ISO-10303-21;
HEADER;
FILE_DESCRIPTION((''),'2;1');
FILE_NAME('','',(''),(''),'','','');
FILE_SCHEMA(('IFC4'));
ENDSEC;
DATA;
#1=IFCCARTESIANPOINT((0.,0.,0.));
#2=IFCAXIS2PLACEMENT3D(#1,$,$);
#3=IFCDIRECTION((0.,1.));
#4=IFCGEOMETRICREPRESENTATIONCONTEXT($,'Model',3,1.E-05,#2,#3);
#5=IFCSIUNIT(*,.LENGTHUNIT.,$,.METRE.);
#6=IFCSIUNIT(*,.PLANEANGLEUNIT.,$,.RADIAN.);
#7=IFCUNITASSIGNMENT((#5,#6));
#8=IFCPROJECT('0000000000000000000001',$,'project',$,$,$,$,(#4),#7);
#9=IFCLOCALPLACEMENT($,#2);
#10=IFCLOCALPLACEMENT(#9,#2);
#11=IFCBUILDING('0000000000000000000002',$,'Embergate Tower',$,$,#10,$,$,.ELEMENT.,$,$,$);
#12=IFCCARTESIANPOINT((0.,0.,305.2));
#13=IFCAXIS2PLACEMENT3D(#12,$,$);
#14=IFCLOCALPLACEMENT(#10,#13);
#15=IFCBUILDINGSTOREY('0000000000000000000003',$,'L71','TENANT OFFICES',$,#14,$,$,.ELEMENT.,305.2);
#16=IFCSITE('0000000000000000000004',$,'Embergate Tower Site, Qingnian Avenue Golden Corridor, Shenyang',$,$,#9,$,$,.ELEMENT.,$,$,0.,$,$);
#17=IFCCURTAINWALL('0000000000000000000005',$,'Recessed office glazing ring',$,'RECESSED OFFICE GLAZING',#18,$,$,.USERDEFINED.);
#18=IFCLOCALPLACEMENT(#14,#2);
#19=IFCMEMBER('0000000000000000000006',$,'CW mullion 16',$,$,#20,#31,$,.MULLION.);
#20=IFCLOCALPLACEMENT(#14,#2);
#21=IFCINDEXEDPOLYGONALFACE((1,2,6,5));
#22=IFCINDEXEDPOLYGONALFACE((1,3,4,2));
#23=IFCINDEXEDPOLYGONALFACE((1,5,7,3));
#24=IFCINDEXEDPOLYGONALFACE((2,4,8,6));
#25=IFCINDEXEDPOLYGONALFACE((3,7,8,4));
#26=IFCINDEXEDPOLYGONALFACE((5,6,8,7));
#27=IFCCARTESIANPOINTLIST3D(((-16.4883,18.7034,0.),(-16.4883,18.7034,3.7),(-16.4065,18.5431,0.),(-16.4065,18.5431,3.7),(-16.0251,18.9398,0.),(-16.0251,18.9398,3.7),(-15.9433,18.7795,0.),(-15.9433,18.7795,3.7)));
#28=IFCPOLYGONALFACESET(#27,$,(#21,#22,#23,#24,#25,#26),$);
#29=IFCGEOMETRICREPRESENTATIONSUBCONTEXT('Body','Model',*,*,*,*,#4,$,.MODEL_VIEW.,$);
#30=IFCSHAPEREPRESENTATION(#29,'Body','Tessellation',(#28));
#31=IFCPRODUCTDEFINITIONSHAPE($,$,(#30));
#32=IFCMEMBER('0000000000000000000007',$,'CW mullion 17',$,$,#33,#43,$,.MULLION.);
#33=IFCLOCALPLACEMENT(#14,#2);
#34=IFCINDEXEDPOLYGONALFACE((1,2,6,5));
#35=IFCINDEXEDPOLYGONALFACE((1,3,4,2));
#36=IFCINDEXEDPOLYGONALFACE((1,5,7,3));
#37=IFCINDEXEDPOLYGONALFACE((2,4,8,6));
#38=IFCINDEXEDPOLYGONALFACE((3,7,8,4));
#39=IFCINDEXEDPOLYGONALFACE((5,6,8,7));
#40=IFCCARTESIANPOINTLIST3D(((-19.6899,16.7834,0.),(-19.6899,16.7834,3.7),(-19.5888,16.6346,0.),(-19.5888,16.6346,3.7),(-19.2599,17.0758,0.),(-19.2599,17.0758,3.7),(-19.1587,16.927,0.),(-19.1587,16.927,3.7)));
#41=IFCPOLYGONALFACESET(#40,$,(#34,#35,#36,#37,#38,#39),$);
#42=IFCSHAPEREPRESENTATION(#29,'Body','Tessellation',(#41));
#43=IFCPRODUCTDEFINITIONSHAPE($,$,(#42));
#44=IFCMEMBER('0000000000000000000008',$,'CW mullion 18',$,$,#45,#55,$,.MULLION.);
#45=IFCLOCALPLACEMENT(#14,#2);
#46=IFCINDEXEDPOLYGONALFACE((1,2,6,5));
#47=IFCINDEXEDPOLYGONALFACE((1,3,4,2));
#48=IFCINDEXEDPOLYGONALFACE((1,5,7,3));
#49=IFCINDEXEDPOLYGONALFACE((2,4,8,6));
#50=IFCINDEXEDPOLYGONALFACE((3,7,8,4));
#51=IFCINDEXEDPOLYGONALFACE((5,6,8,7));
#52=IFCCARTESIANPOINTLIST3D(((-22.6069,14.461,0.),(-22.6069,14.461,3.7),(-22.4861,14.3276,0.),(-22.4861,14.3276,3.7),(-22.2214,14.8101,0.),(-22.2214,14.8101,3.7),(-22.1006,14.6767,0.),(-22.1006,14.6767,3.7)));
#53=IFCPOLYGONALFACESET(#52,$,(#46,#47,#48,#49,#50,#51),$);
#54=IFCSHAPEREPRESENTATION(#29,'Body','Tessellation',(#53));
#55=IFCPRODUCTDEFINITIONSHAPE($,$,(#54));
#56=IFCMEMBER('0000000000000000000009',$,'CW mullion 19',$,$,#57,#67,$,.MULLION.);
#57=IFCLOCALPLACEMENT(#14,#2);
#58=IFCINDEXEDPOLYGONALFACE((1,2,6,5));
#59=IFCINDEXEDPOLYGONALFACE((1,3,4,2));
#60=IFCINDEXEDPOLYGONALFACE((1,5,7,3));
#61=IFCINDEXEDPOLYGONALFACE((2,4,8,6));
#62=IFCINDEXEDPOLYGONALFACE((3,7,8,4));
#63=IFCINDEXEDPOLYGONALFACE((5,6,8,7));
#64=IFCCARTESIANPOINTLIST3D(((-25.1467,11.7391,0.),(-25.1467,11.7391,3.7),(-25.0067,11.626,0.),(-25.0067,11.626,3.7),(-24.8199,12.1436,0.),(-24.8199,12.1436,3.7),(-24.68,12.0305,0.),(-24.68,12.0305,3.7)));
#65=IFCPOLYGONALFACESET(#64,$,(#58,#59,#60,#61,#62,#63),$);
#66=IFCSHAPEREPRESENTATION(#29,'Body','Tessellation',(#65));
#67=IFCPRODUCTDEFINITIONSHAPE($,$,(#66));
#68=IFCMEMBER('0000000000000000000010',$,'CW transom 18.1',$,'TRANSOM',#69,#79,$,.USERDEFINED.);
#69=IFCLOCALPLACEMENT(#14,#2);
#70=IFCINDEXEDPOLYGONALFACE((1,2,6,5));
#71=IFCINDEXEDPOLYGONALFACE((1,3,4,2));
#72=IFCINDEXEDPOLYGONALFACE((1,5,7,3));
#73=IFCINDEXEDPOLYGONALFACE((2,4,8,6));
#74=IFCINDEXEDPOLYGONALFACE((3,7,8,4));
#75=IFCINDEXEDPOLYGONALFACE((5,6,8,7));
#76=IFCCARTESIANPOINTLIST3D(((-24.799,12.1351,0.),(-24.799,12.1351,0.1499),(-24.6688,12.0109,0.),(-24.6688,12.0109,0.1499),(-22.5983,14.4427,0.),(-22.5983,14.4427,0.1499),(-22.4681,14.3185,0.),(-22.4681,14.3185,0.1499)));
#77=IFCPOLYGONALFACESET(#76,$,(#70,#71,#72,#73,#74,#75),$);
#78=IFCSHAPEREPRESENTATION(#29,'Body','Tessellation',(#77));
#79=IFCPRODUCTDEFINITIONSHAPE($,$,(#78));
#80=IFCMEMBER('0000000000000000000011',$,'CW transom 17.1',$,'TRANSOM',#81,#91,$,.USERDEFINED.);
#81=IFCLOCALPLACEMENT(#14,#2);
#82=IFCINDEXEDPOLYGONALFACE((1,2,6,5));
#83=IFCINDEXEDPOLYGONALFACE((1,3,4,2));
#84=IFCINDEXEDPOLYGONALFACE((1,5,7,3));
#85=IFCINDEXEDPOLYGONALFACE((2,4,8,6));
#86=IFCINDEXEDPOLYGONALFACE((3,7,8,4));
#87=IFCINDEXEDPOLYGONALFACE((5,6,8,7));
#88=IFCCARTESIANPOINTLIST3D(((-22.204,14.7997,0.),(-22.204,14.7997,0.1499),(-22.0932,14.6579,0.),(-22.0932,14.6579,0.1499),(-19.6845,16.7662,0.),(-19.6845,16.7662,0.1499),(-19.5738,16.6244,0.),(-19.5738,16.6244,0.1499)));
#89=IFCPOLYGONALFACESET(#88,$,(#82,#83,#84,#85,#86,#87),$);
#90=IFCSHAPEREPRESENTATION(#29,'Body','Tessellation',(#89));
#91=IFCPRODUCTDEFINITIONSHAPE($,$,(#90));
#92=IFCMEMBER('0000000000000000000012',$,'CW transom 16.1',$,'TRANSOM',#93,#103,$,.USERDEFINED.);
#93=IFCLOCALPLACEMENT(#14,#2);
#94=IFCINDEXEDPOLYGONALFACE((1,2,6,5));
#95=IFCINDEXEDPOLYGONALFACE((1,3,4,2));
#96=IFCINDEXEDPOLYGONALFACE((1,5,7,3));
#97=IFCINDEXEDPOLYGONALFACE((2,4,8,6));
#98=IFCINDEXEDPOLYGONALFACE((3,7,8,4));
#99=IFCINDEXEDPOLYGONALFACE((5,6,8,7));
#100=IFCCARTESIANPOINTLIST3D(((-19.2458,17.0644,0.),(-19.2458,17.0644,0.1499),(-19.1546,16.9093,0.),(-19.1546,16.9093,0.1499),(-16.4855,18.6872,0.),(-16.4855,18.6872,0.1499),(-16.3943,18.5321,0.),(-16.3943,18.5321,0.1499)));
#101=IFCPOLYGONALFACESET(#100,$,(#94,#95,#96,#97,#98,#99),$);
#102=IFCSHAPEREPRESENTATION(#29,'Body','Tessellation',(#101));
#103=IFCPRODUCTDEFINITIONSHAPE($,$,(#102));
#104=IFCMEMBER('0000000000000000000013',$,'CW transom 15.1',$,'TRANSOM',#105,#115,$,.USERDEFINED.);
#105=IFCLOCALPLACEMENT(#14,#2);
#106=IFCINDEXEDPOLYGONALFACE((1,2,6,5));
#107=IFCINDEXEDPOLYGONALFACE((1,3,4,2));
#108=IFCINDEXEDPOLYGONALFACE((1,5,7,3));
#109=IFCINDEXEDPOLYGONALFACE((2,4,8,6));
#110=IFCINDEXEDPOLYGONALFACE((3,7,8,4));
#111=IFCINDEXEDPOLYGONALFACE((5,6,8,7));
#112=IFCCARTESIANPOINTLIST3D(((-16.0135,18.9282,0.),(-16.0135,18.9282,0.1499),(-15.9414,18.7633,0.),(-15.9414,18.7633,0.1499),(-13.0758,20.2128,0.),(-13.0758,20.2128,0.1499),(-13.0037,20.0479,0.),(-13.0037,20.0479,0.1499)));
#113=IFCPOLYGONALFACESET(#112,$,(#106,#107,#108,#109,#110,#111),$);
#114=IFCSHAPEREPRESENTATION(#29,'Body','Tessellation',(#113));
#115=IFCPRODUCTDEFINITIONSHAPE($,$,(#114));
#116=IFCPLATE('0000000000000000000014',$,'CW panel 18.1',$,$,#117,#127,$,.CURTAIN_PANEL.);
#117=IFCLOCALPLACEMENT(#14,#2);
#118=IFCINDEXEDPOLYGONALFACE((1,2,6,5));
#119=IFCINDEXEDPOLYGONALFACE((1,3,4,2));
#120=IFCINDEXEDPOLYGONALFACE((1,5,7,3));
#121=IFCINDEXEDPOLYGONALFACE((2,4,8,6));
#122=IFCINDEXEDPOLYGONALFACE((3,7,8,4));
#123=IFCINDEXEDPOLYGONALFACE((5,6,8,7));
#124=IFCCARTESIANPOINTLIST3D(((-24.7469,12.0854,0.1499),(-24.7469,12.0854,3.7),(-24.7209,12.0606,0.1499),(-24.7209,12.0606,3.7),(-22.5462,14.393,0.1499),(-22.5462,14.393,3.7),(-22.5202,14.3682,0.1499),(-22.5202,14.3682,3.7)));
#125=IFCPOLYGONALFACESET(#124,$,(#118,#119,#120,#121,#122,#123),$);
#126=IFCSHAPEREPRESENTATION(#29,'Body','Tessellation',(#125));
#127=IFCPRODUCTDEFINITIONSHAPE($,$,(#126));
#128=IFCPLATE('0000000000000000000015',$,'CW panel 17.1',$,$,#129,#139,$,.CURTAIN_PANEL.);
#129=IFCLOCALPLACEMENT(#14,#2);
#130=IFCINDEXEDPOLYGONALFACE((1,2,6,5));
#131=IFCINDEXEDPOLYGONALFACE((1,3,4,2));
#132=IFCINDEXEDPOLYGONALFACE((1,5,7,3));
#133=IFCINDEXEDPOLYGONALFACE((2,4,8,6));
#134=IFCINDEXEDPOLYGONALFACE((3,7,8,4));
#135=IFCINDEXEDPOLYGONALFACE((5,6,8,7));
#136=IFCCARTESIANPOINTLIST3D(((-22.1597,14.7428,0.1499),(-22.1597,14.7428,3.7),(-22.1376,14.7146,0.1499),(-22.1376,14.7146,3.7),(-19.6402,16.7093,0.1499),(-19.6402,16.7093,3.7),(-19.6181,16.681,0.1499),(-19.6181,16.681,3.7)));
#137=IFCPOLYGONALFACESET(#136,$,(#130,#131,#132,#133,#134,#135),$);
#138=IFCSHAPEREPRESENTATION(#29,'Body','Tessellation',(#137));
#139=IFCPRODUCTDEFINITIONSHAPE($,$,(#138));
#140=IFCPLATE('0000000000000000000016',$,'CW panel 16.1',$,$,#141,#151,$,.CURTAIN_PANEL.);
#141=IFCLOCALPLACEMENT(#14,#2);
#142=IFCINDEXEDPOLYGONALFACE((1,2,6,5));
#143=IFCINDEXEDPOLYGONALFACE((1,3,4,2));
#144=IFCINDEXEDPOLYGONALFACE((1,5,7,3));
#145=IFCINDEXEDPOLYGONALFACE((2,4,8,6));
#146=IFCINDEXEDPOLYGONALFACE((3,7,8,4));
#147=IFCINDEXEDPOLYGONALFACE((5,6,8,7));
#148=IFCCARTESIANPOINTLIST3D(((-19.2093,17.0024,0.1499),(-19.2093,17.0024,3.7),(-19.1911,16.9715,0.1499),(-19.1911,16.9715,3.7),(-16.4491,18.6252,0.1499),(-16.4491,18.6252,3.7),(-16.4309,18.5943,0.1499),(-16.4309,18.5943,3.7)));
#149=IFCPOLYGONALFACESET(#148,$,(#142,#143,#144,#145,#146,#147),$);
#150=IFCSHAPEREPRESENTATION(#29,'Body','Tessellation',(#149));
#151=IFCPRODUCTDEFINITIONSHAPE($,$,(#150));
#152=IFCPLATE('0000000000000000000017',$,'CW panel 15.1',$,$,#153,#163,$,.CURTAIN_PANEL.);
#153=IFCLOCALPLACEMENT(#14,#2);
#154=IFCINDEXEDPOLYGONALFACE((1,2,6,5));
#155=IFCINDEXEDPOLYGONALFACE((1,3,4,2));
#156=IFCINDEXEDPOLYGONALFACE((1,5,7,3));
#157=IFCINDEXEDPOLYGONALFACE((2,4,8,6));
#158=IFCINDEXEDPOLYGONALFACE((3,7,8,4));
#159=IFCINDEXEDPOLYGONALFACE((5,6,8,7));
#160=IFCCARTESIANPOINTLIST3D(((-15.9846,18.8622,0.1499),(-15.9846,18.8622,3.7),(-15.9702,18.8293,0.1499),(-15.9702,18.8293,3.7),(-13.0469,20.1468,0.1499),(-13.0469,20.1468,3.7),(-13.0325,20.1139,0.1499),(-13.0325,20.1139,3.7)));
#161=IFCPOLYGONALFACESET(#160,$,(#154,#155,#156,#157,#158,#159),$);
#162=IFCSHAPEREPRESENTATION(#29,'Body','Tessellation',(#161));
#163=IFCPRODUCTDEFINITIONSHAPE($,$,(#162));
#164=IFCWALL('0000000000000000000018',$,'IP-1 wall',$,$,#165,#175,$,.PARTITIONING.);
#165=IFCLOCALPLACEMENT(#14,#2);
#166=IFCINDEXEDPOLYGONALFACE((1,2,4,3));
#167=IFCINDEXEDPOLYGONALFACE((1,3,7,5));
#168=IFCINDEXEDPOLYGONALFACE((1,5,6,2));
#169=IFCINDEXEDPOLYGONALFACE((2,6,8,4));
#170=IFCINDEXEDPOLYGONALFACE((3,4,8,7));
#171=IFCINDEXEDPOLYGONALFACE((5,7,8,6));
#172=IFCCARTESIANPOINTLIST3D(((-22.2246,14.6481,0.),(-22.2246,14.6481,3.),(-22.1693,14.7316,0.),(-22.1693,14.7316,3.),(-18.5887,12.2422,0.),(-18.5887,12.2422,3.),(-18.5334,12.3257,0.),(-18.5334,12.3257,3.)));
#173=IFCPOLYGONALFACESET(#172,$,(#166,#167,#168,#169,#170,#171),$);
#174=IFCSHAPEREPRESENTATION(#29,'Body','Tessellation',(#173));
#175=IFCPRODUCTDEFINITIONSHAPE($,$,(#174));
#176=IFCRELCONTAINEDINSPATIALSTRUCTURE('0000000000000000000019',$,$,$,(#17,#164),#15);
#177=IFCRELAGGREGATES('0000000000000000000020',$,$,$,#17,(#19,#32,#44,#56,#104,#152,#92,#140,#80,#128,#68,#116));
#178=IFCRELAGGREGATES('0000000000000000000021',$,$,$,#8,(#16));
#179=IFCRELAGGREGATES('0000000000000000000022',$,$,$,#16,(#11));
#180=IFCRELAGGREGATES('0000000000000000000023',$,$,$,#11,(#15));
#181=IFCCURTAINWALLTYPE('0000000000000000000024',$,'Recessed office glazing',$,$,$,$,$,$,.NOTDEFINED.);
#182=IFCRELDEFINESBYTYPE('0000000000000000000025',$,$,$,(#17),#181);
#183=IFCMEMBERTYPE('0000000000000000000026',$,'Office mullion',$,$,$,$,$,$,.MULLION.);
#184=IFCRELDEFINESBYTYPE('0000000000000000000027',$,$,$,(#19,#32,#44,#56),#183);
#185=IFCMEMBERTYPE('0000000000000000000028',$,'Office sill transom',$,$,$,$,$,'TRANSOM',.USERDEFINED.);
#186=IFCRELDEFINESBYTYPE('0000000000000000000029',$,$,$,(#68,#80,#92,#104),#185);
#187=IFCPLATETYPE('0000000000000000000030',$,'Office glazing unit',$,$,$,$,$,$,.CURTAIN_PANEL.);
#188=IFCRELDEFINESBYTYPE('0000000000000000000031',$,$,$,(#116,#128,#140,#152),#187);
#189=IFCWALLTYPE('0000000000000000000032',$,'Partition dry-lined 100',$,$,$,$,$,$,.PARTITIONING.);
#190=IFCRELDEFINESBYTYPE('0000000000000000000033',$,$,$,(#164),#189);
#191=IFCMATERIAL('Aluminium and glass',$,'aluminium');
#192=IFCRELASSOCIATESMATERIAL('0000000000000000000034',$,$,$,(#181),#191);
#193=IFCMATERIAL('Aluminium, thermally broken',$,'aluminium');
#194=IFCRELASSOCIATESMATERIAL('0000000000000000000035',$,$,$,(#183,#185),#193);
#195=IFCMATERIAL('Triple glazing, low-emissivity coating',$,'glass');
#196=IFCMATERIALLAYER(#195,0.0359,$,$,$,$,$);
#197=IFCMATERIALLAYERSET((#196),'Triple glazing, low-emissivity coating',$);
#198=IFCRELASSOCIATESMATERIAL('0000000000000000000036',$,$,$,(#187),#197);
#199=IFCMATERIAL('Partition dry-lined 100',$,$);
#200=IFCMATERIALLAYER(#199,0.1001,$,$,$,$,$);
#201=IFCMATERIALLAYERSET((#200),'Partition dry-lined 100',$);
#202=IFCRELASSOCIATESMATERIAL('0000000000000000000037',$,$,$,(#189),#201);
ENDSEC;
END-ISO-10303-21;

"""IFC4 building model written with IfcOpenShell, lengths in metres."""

from ifc_helpers import new_model, si_unit, direction, frame, frame_2d, origin, origin_2d, place, context, subcontext, project, spatial, rectangle, extrude, source, transform, mapped, material, layer, layer_set, material_profile, profile_set, type_object, element, aggregate, save


model = new_model("IFC4")

# Units and contexts
model_context = context("Model", 3, precision=1e-05, world=origin(), true_north=direction((0.0, 1.0)))
body_context = subcontext(model_context, "Body", "Model", "MODEL_VIEW")
ifc_project = project(units=[si_unit("LENGTHUNIT", "METRE"), si_unit("PLANEANGLEUNIT", "RADIAN")], contexts=[model_context])

# Site, building, storey
site_placement = place(None, origin())
site = spatial("IfcSite", under=ifc_project, at=site_placement, Name="Embergate Tower Site, Qingnian Avenue Golden Corridor, Shenyang", CompositionType="ELEMENT", RefElevation=0.0)
building_placement = place(site_placement, origin())
building = spatial("IfcBuilding", under=site, at=building_placement, Name="Embergate Tower", CompositionType="ELEMENT")
storey_placement = place(building_placement, frame((0.0, 0.0, 305.2)))
storey = spatial("IfcBuildingStorey", under=building, at=storey_placement, Name="L71", Description="TENANT OFFICES", CompositionType="ELEMENT", Elevation=305.2)

# Curtain wall, members, plates
ifc_material_1 = material(Name="Aluminium and glass", Category="aluminium")
curtain_wall_type = type_object("IfcCurtainWallType", Name="Recessed office glazing", PredefinedType="NOTDEFINED", material=ifc_material_1)
curtain_wall_placement = place(storey_placement, origin())
curtain_wall = element("IfcCurtainWall", 1, at=curtain_wall_placement, inside=storey, type_object=curtain_wall_type, Name="Recessed office glazing ring", ObjectType="RECESSED OFFICE GLAZING", PredefinedType="USERDEFINED")
ifc_material_2 = material(Name="Aluminium, thermally broken", Category="aluminium")
ifc_material_profile_1 = material_profile(ifc_material_2, rectangle(XDim=0.1799, YDim=0.52, at=origin_2d()), Name="AL 520x180")
ifc_profile_set_1 = profile_set([ifc_material_profile_1], Name="Aluminium, thermally broken")
member_type_1 = type_object("IfcMemberType", Name="Office mullion", PredefinedType="MULLION", material=ifc_profile_set_1)
shared_shape_1 = source(origin(), body_context, "Body", "SweptSolid", [
    extrude(rectangle(XDim=0.1799, YDim=0.52, at=origin_2d()), origin(), (0.0, 0.0, 1.0), 3.7),
])
member_1_placement = place(storey_placement, frame((-16.2158, 18.7415, 0.0), z_axis=(0.0, 0.0, 1.0), x_axis=(0.454508, -0.890743, 0.0)))
member_1 = element("IfcMember", 2, at=member_1_placement, type_object=member_type_1, Name="CW mullion 16", PredefinedType="MULLION", context=body_context, shape_type="MappedRepresentation", body=[
    mapped(shared_shape_1, transform((0.0, 0.0, 0.0))),
])
member_2_placement = place(storey_placement, frame((-19.4243, 16.8552, 0.0), z_axis=(0.0, 0.0, 1.0), x_axis=(0.562213, -0.826992, 0.0)))
member_2 = element("IfcMember", 3, at=member_2_placement, type_object=member_type_1, Name="CW mullion 17", PredefinedType="MULLION", context=body_context, shape_type="MappedRepresentation", body=[
    mapped(shared_shape_1, transform((0.0, 0.0, 0.0))),
])
member_3_placement = place(storey_placement, frame((-22.3538, 14.5688, 0.0), z_axis=(0.0, 0.0, 1.0), x_axis=(0.67122, -0.741258, 0.0)))
member_3 = element("IfcMember", 4, at=member_3_placement, type_object=member_type_1, Name="CW mullion 18", PredefinedType="MULLION", context=body_context, shape_type="MappedRepresentation", body=[
    mapped(shared_shape_1, transform((0.0, 0.0, 0.0))),
])
member_4_placement = place(storey_placement, frame((-24.9133, 11.8848, 0.0), z_axis=(0.0, 0.0, 1.0), x_axis=(0.777864, -0.628433, 0.0)))
member_4 = element("IfcMember", 5, at=member_4_placement, type_object=member_type_1, Name="CW mullion 19", PredefinedType="MULLION", context=body_context, shape_type="MappedRepresentation", body=[
    mapped(shared_shape_1, transform((0.0, 0.0, 0.0))),
])
ifc_material_profile_2 = material_profile(ifc_material_2, rectangle(XDim=0.1799, YDim=0.1499, at=origin_2d()), Name="AL 150x180")
ifc_profile_set_2 = profile_set([ifc_material_profile_2], Name="Aluminium, thermally broken")
member_type_2 = type_object("IfcMemberType", Name="Office sill transom", ElementType="TRANSOM", PredefinedType="USERDEFINED", material=ifc_profile_set_2)
shared_shape_2 = source(origin(), body_context, "Body", "SweptSolid", [
    extrude(rectangle(XDim=0.1799, YDim=0.1499, at=origin_2d()), origin(), (0.0, 0.0, 1.0), 3.1887),
])
member_5_placement = place(storey_placement, frame((-22.5332, 14.3806, 0.075), z_axis=(-0.690141, -0.723675, 0.0), x_axis=(0.723675, -0.690141, 0.0)))
member_5 = element("IfcMember", 6, at=member_5_placement, type_object=member_type_2, Name="CW transom 18.1", ObjectType="TRANSOM", PredefinedType="USERDEFINED", context=body_context, shape_type="MappedRepresentation", body=[
    mapped(shared_shape_2, transform((0.0, 0.0, 0.0))),
])
shared_shape_3 = source(origin(), body_context, "Body", "SweptSolid", [
    extrude(rectangle(XDim=0.1799, YDim=0.1499, at=origin_2d()), origin(), (0.0, 0.0, 1.0), 3.196),
])
member_6_placement = place(storey_placement, frame((-19.6292, 16.6953, 0.075), z_axis=(-0.788302, -0.615288, 0.0), x_axis=(0.615288, -0.788302, 0.0)))
member_6 = element("IfcMember", 7, at=member_6_placement, type_object=member_type_2, Name="CW transom 17.1", ObjectType="TRANSOM", PredefinedType="USERDEFINED", context=body_context, shape_type="MappedRepresentation", body=[
    mapped(shared_shape_3, transform((0.0, 0.0, 0.0))),
])
shared_shape_4 = source(origin(), body_context, "Body", "SweptSolid", [
    extrude(rectangle(XDim=0.1799, YDim=0.1499, at=origin_2d()), origin(), (0.0, 0.0, 1.0), 3.2019),
])
member_7_placement = place(storey_placement, frame((-16.4399, 18.6096, 0.075), z_axis=(-0.862054, -0.506817, 0.0), x_axis=(0.506817, -0.862054, 0.0)))
member_7 = element("IfcMember", 8, at=member_7_placement, type_object=member_type_2, Name="CW transom 16.1", ObjectType="TRANSOM", PredefinedType="USERDEFINED", context=body_context, shape_type="MappedRepresentation", body=[
    mapped(shared_shape_4, transform((0.0, 0.0, 0.0))),
])
shared_shape_5 = source(origin(), body_context, "Body", "SweptSolid", [
    extrude(rectangle(XDim=0.1799, YDim=0.1499, at=origin_2d()), origin(), (0.0, 0.0, 1.0), 3.2063),
])
member_8_placement = place(storey_placement, frame((-13.0398, 20.1304, 0.075), z_axis=(-0.916225, -0.400663, 0.0), x_axis=(0.400663, -0.916225, 0.0)))
member_8 = element("IfcMember", 9, at=member_8_placement, type_object=member_type_2, Name="CW transom 15.1", ObjectType="TRANSOM", PredefinedType="USERDEFINED", context=body_context, shape_type="MappedRepresentation", body=[
    mapped(shared_shape_5, transform((0.0, 0.0, 0.0))),
])
ifc_material_3 = material(Name="Triple glazing, low-emissivity coating", Category="glass")
ifc_layer_1 = layer(ifc_material_3, 0.0359)
ifc_layer_set_1 = layer_set([ifc_layer_1], Name="Triple glazing, low-emissivity coating")
plate_type = type_object("IfcPlateType", Name="Office glazing unit", PredefinedType="CURTAIN_PANEL", material=ifc_layer_set_1)
shared_shape_6 = source(origin(), body_context, "Body", "SweptSolid", [
    extrude(rectangle(XDim=3.1887, YDim=0.0359, at=origin_2d()), origin(), (0.0, 0.0, 1.0), 3.55),
])
plate_1_placement = place(storey_placement, frame((-23.6335, 13.2268, 0.1499), z_axis=(0.0, 0.0, 1.0), x_axis=(-0.690133, -0.723683, 0.0)))
plate_1 = element("IfcPlate", 10, at=plate_1_placement, type_object=plate_type, Name="CW panel 18.1", PredefinedType="CURTAIN_PANEL", context=body_context, shape_type="MappedRepresentation", body=[
    mapped(shared_shape_6, transform((0.0, 0.0, 0.0))),
])
shared_shape_7 = source(origin(), body_context, "Body", "SweptSolid", [
    extrude(rectangle(XDim=3.196, YDim=0.0359, at=origin_2d()), origin(), (0.0, 0.0, 1.0), 3.55),
])
plate_2_placement = place(storey_placement, frame((-20.8889, 15.7119, 0.1499), z_axis=(0.0, 0.0, 1.0), x_axis=(-0.788318, -0.615268, 0.0)))
plate_2 = element("IfcPlate", 11, at=plate_2_placement, type_object=plate_type, Name="CW panel 17.1", PredefinedType="CURTAIN_PANEL", context=body_context, shape_type="MappedRepresentation", body=[
    mapped(shared_shape_7, transform((0.0, 0.0, 0.0))),
])
shared_shape_8 = source(origin(), body_context, "Body", "SweptSolid", [
    extrude(rectangle(XDim=3.2019, YDim=0.0359, at=origin_2d()), origin(), (0.0, 0.0, 1.0), 3.55),
])
plate_3_placement = place(storey_placement, frame((-17.8201, 17.7983, 0.1499), z_axis=(0.0, 0.0, 1.0), x_axis=(-0.862051, -0.506822, 0.0)))
plate_3 = element("IfcPlate", 12, at=plate_3_placement, type_object=plate_type, Name="CW panel 16.1", PredefinedType="CURTAIN_PANEL", context=body_context, shape_type="MappedRepresentation", body=[
    mapped(shared_shape_8, transform((0.0, 0.0, 0.0))),
])
shared_shape_9 = source(origin(), body_context, "Body", "SweptSolid", [
    extrude(rectangle(XDim=3.2063, YDim=0.0359, at=origin_2d()), origin(), (0.0, 0.0, 1.0), 3.55),
])
plate_4_placement = place(storey_placement, frame((-14.5085, 19.488, 0.1499), z_axis=(0.0, 0.0, 1.0), x_axis=(-0.916234, -0.400643, 0.0)))
plate_4 = element("IfcPlate", 13, at=plate_4_placement, type_object=plate_type, Name="CW panel 15.1", PredefinedType="CURTAIN_PANEL", context=body_context, shape_type="MappedRepresentation", body=[
    mapped(shared_shape_9, transform((0.0, 0.0, 0.0))),
])
aggregate(curtain_wall, [member_1, member_2, member_3, member_4, member_8, plate_4, member_7, plate_3, member_6, plate_2, member_5, plate_1])

# Wall
ifc_material_4 = material(Name="Partition dry-lined 100")
ifc_layer_2 = layer(ifc_material_4, 0.1001)
ifc_layer_set_2 = layer_set([ifc_layer_2], Name="Partition dry-lined 100")
wall_type = type_object("IfcWallType", Name="Partition dry-lined 100", PredefinedType="PARTITIONING", material=ifc_layer_set_2)
shared_shape_10 = source(origin(), body_context, "Body", "SweptSolid", [
    extrude(rectangle(XDim=4.3599, YDim=0.1001, at=frame_2d((2.1799, 0.0))), origin(), (0.0, 0.0, 1.0), 3.0),
])
wall_1_placement = place(storey_placement, frame((-18.561, 12.2839, 0.0), z_axis=(0.0, 0.0, 1.0), x_axis=(-0.833949, 0.551841, 0.0)))
element("IfcWall", 14, at=wall_1_placement, inside=storey, type_object=wall_type, Name="IP-1 wall", PredefinedType="PARTITIONING", context=body_context, shape_type="MappedRepresentation", body=[
    mapped(shared_shape_10, transform((0.0, 0.0, 0.0))),
])

save(model, "model.ifc")
